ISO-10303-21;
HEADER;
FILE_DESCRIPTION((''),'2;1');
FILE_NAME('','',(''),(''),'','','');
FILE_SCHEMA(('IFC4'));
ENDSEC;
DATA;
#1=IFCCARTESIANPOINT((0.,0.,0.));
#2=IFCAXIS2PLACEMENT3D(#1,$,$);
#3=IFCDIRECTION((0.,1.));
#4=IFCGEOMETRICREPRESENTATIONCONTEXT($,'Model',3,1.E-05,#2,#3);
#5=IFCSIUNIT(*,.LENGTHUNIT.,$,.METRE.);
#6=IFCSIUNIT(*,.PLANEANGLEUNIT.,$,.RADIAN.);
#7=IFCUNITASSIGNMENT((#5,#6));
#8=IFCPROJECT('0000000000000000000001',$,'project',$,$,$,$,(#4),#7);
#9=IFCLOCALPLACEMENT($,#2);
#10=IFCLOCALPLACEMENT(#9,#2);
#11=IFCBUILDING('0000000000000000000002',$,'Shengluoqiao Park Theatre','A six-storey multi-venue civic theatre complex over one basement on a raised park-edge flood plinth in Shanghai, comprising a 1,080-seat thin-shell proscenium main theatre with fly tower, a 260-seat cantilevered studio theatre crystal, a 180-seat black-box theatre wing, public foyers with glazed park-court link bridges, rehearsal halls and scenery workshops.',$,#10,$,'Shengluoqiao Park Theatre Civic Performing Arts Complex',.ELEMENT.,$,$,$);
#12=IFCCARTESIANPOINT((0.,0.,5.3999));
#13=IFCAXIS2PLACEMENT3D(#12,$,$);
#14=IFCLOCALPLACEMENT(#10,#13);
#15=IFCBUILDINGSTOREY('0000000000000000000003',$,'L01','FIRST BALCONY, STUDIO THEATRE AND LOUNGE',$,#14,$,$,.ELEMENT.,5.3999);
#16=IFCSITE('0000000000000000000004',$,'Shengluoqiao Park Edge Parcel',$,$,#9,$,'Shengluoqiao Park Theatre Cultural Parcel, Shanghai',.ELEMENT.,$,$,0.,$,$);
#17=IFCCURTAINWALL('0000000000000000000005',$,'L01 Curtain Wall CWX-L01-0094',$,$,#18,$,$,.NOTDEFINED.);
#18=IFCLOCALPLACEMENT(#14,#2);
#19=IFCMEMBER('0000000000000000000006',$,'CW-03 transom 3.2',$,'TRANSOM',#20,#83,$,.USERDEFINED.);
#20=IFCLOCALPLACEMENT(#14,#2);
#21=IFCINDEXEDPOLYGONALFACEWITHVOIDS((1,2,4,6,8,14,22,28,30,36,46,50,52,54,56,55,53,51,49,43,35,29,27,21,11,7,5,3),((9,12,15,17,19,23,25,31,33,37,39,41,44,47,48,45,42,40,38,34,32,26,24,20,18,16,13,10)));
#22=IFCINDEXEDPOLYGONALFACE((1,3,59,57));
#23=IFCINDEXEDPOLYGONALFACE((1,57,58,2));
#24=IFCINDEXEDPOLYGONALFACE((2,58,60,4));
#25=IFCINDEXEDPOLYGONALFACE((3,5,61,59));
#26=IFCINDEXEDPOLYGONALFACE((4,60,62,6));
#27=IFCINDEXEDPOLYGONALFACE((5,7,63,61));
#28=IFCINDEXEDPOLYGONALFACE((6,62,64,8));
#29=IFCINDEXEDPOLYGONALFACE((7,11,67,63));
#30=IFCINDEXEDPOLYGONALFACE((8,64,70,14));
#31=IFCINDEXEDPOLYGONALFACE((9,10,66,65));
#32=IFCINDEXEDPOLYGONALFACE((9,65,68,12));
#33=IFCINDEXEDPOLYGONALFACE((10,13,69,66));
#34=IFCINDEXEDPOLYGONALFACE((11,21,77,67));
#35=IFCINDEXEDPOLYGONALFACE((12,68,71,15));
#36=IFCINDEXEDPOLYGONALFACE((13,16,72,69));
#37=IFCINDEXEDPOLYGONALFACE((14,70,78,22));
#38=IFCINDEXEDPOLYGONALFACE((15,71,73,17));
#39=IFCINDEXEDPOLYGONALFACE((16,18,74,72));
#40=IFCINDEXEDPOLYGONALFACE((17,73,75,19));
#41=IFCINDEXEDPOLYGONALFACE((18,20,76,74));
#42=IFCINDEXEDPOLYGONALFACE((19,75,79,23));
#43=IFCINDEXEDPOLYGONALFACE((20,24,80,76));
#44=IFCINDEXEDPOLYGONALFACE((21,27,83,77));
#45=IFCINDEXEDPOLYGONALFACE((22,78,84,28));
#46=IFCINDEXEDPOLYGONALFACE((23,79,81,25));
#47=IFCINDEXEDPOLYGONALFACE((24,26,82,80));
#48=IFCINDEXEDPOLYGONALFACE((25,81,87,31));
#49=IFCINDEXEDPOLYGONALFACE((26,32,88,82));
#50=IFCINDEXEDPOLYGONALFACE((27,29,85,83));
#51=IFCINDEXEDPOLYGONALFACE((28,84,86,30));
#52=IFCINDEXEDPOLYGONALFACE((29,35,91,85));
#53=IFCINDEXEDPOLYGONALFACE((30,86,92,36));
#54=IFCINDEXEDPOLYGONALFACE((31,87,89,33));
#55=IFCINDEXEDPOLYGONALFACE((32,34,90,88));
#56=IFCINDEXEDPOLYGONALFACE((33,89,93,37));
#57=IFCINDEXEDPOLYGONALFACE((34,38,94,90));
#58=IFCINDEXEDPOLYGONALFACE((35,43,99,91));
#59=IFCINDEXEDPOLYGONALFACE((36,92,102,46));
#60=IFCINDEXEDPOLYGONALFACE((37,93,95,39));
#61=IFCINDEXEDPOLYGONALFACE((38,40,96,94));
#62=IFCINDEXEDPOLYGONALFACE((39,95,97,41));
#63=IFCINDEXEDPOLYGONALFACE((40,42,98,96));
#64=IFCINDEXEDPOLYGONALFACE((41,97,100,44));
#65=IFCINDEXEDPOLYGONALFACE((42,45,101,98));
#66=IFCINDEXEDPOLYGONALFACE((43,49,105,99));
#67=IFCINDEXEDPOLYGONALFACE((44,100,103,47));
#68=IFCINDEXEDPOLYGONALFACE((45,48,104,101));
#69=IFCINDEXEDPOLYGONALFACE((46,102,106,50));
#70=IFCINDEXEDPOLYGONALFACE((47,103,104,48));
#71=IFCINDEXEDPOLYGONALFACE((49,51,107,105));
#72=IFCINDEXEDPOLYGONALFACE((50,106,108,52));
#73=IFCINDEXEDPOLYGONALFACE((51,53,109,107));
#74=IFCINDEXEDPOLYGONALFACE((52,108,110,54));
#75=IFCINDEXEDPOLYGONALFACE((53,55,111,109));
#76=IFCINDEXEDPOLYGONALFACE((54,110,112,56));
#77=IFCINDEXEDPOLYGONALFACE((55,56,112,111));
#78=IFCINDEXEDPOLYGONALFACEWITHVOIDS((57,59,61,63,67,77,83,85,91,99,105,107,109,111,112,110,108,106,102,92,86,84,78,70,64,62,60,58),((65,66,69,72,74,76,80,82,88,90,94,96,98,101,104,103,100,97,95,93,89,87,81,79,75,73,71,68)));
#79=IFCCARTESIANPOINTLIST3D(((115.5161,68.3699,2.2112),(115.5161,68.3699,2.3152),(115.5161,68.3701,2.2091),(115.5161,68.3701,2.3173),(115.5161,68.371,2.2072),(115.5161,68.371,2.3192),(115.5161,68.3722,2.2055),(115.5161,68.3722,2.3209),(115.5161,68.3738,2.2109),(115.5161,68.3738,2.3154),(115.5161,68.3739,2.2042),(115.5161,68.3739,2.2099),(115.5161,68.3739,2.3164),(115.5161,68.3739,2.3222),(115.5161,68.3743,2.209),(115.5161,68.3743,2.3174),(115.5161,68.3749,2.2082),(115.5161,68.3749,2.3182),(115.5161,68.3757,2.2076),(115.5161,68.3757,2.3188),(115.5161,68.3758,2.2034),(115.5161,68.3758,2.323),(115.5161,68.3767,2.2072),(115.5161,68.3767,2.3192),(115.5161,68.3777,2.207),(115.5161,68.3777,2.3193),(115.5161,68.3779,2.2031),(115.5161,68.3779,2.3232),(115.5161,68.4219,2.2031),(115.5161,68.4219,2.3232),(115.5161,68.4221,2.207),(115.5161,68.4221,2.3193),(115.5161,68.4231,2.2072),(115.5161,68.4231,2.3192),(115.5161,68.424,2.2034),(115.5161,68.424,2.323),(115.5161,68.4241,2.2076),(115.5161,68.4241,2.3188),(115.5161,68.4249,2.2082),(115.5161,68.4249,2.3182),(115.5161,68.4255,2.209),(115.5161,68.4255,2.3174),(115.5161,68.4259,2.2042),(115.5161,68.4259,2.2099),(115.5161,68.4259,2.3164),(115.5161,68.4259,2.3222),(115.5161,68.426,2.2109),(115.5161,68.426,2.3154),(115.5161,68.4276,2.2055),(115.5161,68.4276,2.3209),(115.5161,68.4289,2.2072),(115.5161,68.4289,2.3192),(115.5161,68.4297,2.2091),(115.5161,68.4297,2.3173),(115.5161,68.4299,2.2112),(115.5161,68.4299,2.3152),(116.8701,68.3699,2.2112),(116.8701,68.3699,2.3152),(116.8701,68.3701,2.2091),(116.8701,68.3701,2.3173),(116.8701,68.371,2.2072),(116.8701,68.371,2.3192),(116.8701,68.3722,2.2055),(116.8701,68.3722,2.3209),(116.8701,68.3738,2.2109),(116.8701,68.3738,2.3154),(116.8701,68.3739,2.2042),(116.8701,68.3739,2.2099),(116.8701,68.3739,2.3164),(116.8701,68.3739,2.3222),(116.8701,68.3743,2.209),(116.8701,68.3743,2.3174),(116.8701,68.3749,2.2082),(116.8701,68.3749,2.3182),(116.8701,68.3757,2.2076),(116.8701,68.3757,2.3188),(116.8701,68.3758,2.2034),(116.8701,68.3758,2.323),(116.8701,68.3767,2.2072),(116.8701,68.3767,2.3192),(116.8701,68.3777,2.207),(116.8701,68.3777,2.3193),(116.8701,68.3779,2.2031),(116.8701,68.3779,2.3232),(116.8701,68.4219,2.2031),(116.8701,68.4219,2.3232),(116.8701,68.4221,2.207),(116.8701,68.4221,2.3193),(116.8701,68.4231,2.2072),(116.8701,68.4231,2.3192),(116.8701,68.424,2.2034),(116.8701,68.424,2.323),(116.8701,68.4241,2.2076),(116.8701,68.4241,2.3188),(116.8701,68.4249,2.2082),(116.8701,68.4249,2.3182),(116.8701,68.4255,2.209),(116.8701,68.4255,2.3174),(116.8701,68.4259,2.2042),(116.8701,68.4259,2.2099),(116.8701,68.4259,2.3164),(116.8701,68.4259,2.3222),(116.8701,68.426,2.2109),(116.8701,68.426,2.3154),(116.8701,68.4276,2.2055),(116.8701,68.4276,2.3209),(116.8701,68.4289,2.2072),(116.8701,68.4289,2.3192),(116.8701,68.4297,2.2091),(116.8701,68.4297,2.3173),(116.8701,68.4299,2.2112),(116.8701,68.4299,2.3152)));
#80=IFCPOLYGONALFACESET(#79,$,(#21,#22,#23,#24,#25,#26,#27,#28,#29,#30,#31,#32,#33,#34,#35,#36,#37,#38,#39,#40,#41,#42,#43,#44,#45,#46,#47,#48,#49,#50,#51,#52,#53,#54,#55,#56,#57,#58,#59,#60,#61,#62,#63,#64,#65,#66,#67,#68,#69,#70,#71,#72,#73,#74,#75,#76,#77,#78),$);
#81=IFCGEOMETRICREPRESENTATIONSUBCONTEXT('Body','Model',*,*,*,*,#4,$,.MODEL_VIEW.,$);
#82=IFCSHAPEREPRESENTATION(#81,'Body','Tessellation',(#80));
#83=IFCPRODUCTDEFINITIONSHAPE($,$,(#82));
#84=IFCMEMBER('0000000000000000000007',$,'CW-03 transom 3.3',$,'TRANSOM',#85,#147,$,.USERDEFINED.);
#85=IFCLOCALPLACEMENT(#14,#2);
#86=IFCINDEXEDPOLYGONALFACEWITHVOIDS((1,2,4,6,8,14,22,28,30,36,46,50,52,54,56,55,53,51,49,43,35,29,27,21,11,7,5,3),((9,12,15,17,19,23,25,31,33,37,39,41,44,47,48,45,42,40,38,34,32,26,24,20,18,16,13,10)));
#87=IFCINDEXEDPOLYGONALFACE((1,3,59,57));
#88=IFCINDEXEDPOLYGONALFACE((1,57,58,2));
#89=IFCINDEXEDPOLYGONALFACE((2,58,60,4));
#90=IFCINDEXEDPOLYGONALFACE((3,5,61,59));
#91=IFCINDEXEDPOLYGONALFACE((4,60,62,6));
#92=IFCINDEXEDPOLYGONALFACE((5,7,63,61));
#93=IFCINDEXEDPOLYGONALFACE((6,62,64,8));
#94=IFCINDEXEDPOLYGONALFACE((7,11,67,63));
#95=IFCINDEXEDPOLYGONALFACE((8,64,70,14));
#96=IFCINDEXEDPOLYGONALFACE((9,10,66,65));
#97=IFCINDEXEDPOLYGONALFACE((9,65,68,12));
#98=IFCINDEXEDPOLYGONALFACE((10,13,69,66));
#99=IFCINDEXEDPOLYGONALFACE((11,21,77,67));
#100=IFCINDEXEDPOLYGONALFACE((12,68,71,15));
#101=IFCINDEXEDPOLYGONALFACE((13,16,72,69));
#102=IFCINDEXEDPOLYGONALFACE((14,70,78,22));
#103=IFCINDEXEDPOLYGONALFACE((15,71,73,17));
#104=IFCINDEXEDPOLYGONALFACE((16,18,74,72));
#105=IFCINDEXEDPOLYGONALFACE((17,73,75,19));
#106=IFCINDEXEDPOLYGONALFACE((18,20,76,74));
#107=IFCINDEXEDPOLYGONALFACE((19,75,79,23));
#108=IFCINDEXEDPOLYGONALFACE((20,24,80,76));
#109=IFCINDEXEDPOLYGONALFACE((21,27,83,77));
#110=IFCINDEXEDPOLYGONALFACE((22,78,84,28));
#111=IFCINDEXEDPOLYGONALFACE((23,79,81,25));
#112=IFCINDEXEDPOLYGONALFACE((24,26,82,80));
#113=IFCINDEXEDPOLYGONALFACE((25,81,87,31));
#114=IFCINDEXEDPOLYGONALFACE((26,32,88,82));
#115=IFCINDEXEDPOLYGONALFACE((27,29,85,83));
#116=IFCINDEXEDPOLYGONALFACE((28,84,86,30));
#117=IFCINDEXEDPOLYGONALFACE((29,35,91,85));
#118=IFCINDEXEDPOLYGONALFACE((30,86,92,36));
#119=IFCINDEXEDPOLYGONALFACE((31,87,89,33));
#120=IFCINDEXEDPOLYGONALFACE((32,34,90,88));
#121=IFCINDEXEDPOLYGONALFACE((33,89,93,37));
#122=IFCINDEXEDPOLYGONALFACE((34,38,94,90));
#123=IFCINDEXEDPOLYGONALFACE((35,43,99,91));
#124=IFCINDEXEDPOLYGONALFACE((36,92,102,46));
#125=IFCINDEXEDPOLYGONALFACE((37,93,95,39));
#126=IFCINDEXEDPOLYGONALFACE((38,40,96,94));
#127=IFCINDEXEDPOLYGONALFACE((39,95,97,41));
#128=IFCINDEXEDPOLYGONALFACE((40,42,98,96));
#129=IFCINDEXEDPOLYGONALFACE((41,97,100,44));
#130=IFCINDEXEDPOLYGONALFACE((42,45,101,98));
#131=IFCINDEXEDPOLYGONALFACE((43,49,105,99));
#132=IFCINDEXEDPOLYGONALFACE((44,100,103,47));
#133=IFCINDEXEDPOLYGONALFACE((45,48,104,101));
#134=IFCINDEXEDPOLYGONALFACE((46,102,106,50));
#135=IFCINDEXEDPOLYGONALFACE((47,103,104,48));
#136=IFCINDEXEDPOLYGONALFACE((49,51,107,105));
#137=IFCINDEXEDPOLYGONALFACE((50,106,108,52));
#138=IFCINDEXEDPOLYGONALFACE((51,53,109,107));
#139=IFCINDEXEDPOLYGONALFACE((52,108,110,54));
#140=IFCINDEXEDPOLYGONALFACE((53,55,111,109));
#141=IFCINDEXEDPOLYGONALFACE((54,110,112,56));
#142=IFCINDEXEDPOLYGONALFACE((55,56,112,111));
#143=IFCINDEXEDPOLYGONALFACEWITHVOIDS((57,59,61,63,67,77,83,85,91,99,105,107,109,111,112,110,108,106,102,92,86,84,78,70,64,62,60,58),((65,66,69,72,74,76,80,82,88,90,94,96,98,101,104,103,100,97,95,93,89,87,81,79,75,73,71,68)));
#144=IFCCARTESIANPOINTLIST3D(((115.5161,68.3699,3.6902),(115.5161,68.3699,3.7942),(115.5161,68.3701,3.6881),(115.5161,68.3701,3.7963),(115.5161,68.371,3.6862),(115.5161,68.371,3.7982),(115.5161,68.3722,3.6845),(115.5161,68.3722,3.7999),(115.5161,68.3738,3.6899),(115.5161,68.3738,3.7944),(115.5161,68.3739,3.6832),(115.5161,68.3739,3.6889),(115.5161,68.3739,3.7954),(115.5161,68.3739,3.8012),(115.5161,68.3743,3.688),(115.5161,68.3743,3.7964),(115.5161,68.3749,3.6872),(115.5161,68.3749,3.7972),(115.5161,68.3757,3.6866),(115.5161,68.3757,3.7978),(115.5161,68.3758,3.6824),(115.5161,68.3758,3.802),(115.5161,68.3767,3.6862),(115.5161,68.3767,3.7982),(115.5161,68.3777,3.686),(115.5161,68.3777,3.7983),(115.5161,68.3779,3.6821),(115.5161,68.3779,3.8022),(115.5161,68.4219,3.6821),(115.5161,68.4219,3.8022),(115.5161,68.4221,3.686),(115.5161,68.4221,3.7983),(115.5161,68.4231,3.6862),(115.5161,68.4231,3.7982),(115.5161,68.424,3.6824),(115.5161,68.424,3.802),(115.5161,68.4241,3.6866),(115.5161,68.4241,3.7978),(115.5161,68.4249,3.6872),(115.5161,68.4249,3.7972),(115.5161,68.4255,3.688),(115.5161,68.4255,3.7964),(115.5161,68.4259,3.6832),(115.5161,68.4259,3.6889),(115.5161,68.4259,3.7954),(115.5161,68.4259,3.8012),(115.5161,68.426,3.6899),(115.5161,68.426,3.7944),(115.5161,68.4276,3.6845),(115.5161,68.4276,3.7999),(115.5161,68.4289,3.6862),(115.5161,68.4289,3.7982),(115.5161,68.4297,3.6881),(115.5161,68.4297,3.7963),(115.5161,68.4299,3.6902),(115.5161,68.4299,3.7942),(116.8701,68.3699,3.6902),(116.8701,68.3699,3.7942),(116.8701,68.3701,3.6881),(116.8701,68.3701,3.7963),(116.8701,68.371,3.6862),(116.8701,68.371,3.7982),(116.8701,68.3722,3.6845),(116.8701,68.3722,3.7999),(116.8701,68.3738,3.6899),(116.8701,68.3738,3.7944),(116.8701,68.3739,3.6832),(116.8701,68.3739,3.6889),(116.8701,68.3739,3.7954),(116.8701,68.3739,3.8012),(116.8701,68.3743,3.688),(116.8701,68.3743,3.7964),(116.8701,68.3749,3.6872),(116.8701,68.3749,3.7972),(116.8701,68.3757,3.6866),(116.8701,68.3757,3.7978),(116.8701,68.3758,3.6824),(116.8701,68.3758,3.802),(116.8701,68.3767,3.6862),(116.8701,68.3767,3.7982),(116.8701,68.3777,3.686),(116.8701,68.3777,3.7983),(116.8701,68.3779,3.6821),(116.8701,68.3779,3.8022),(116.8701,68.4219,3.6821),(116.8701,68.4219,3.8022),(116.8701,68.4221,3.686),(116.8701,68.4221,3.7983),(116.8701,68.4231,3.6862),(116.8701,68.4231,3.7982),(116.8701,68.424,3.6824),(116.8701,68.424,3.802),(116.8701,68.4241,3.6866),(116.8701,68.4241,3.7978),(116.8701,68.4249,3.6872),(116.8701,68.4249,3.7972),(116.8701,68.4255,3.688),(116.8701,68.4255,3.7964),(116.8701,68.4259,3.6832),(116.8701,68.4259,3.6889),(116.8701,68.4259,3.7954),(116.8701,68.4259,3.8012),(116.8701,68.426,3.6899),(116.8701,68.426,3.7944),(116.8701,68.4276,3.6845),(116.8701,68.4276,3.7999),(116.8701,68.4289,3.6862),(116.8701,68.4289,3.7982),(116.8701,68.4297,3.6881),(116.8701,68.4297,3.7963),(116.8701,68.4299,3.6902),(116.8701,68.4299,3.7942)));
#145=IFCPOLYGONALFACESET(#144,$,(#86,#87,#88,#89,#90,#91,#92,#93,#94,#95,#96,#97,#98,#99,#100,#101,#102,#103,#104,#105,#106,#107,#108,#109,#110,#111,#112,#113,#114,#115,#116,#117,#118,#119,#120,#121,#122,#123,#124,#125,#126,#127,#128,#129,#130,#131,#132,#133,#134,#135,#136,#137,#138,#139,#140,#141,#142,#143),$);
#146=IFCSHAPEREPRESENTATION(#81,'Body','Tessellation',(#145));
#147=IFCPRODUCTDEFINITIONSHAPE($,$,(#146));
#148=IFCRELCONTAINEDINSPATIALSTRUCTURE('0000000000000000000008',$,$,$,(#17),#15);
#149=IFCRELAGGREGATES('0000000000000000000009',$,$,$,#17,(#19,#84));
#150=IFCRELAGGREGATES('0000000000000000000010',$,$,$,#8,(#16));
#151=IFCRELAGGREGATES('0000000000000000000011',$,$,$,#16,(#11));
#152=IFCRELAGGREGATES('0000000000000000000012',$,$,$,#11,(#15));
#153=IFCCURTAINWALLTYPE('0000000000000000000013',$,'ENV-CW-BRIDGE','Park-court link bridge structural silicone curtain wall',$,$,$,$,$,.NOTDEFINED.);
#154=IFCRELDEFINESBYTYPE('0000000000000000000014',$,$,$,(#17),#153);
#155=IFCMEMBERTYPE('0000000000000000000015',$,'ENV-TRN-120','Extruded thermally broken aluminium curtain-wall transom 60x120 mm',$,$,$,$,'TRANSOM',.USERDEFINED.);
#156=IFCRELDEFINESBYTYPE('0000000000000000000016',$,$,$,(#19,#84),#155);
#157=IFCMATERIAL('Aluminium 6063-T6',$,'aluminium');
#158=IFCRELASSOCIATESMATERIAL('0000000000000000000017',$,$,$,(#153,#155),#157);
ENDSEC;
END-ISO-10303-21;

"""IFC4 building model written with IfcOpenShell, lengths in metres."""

from ifc_helpers import new_model, si_unit, direction, frame, origin, origin_2d, place, context, subcontext, project, spatial, hollow_rectangle, extrude, material, material_profile, profile_set, type_object, element, aggregate, save


model = new_model("IFC4")

# Units and contexts
model_context = context("Model", 3, precision=1e-05, world=origin(), true_north=direction((0.0, 1.0)))
body_context = subcontext(model_context, "Body", "Model", "MODEL_VIEW")
ifc_project = project(units=[si_unit("LENGTHUNIT", "METRE"), si_unit("PLANEANGLEUNIT", "RADIAN")], contexts=[model_context])

# Site, building, storey
site_placement = place(None, origin())
site = spatial("IfcSite", under=ifc_project, at=site_placement, Name="Shengluoqiao Park Edge Parcel", LongName="Shengluoqiao Park Theatre Cultural Parcel, Shanghai", CompositionType="ELEMENT", RefElevation=0.0)
building_placement = place(site_placement, origin())
building = spatial("IfcBuilding", under=site, at=building_placement, Name="Shengluoqiao Park Theatre", Description="A six-storey multi-venue civic theatre complex over one basement on a raised park-edge flood plinth in Shanghai, comprising a 1,080-seat thin-shell proscenium main theatre with fly tower, a 260-seat cantilevered studio theatre crystal, a 180-seat black-box theatre wing, public foyers with glazed park-court link bridges, rehearsal halls and scenery workshops.", LongName="Shengluoqiao Park Theatre Civic Performing Arts Complex", CompositionType="ELEMENT")
storey_placement = place(building_placement, frame((0.0, 0.0, 5.3999)))
storey = spatial("IfcBuildingStorey", under=building, at=storey_placement, Name="L01", Description="FIRST BALCONY, STUDIO THEATRE AND LOUNGE", CompositionType="ELEMENT", Elevation=5.3999)

# Curtain wall, members
ifc_material_1 = material(Name="Aluminium 6063-T6", Category="aluminium")
curtain_wall_type = type_object("IfcCurtainWallType", Name="ENV-CW-BRIDGE", Description="Park-court link bridge structural silicone curtain wall", PredefinedType="NOTDEFINED", material=ifc_material_1)
curtain_wall_placement = place(storey_placement, origin())
curtain_wall = element("IfcCurtainWall", 1, at=curtain_wall_placement, inside=storey, type_object=curtain_wall_type, Name="L01 Curtain Wall CWX-L01-0094", PredefinedType="NOTDEFINED")
ifc_material_profile_1 = material_profile(ifc_material_1, hollow_rectangle(XDim=0.0601, YDim=0.1201, WallThickness=0.0039, InnerFilletRadius=0.0039, OuterFilletRadius=0.0081, at=origin_2d()), Name="ALU TRANSOM 120x60x4")
ifc_profile_set_1 = profile_set([ifc_material_profile_1], Name="Aluminium 6063-T6")
member_type_1 = type_object("IfcMemberType", Name="ENV-TRN-120", Description="Extruded thermally broken aluminium curtain-wall transom 60x120 mm", ElementType="TRANSOM", PredefinedType="USERDEFINED", material=ifc_profile_set_1)
member_1_placement = place(storey_placement, frame((115.5161, 68.3999, 2.2632), z_axis=(1.0, 0.0, 0.0), x_axis=(0.0, 1.0, 0.0)))
member_1 = element("IfcMember", 2, at=member_1_placement, type_object=member_type_1, Name="CW-03 transom 3.2", ObjectType="TRANSOM", PredefinedType="USERDEFINED", context=body_context, shape_type="SweptSolid", body=[
    extrude(hollow_rectangle(XDim=0.0601, YDim=0.1201, WallThickness=0.0039, InnerFilletRadius=0.0039, OuterFilletRadius=0.0081, at=origin_2d()), origin(), (0.0, 0.0, 1.0), 1.354),
])
member_2_placement = place(storey_placement, frame((115.5161, 68.3999, 3.7422), z_axis=(1.0, 0.0, 0.0), x_axis=(0.0, 1.0, 0.0)))
member_2 = element("IfcMember", 3, at=member_2_placement, type_object=member_type_1, Name="CW-03 transom 3.3", ObjectType="TRANSOM", PredefinedType="USERDEFINED", context=body_context, shape_type="SweptSolid", body=[
    extrude(hollow_rectangle(XDim=0.0601, YDim=0.1201, WallThickness=0.0039, InnerFilletRadius=0.0039, OuterFilletRadius=0.0081, at=origin_2d()), origin(), (0.0, 0.0, 1.0), 1.354),
])

aggregate(curtain_wall, [member_1, member_2])

save(model, "model.ifc")
